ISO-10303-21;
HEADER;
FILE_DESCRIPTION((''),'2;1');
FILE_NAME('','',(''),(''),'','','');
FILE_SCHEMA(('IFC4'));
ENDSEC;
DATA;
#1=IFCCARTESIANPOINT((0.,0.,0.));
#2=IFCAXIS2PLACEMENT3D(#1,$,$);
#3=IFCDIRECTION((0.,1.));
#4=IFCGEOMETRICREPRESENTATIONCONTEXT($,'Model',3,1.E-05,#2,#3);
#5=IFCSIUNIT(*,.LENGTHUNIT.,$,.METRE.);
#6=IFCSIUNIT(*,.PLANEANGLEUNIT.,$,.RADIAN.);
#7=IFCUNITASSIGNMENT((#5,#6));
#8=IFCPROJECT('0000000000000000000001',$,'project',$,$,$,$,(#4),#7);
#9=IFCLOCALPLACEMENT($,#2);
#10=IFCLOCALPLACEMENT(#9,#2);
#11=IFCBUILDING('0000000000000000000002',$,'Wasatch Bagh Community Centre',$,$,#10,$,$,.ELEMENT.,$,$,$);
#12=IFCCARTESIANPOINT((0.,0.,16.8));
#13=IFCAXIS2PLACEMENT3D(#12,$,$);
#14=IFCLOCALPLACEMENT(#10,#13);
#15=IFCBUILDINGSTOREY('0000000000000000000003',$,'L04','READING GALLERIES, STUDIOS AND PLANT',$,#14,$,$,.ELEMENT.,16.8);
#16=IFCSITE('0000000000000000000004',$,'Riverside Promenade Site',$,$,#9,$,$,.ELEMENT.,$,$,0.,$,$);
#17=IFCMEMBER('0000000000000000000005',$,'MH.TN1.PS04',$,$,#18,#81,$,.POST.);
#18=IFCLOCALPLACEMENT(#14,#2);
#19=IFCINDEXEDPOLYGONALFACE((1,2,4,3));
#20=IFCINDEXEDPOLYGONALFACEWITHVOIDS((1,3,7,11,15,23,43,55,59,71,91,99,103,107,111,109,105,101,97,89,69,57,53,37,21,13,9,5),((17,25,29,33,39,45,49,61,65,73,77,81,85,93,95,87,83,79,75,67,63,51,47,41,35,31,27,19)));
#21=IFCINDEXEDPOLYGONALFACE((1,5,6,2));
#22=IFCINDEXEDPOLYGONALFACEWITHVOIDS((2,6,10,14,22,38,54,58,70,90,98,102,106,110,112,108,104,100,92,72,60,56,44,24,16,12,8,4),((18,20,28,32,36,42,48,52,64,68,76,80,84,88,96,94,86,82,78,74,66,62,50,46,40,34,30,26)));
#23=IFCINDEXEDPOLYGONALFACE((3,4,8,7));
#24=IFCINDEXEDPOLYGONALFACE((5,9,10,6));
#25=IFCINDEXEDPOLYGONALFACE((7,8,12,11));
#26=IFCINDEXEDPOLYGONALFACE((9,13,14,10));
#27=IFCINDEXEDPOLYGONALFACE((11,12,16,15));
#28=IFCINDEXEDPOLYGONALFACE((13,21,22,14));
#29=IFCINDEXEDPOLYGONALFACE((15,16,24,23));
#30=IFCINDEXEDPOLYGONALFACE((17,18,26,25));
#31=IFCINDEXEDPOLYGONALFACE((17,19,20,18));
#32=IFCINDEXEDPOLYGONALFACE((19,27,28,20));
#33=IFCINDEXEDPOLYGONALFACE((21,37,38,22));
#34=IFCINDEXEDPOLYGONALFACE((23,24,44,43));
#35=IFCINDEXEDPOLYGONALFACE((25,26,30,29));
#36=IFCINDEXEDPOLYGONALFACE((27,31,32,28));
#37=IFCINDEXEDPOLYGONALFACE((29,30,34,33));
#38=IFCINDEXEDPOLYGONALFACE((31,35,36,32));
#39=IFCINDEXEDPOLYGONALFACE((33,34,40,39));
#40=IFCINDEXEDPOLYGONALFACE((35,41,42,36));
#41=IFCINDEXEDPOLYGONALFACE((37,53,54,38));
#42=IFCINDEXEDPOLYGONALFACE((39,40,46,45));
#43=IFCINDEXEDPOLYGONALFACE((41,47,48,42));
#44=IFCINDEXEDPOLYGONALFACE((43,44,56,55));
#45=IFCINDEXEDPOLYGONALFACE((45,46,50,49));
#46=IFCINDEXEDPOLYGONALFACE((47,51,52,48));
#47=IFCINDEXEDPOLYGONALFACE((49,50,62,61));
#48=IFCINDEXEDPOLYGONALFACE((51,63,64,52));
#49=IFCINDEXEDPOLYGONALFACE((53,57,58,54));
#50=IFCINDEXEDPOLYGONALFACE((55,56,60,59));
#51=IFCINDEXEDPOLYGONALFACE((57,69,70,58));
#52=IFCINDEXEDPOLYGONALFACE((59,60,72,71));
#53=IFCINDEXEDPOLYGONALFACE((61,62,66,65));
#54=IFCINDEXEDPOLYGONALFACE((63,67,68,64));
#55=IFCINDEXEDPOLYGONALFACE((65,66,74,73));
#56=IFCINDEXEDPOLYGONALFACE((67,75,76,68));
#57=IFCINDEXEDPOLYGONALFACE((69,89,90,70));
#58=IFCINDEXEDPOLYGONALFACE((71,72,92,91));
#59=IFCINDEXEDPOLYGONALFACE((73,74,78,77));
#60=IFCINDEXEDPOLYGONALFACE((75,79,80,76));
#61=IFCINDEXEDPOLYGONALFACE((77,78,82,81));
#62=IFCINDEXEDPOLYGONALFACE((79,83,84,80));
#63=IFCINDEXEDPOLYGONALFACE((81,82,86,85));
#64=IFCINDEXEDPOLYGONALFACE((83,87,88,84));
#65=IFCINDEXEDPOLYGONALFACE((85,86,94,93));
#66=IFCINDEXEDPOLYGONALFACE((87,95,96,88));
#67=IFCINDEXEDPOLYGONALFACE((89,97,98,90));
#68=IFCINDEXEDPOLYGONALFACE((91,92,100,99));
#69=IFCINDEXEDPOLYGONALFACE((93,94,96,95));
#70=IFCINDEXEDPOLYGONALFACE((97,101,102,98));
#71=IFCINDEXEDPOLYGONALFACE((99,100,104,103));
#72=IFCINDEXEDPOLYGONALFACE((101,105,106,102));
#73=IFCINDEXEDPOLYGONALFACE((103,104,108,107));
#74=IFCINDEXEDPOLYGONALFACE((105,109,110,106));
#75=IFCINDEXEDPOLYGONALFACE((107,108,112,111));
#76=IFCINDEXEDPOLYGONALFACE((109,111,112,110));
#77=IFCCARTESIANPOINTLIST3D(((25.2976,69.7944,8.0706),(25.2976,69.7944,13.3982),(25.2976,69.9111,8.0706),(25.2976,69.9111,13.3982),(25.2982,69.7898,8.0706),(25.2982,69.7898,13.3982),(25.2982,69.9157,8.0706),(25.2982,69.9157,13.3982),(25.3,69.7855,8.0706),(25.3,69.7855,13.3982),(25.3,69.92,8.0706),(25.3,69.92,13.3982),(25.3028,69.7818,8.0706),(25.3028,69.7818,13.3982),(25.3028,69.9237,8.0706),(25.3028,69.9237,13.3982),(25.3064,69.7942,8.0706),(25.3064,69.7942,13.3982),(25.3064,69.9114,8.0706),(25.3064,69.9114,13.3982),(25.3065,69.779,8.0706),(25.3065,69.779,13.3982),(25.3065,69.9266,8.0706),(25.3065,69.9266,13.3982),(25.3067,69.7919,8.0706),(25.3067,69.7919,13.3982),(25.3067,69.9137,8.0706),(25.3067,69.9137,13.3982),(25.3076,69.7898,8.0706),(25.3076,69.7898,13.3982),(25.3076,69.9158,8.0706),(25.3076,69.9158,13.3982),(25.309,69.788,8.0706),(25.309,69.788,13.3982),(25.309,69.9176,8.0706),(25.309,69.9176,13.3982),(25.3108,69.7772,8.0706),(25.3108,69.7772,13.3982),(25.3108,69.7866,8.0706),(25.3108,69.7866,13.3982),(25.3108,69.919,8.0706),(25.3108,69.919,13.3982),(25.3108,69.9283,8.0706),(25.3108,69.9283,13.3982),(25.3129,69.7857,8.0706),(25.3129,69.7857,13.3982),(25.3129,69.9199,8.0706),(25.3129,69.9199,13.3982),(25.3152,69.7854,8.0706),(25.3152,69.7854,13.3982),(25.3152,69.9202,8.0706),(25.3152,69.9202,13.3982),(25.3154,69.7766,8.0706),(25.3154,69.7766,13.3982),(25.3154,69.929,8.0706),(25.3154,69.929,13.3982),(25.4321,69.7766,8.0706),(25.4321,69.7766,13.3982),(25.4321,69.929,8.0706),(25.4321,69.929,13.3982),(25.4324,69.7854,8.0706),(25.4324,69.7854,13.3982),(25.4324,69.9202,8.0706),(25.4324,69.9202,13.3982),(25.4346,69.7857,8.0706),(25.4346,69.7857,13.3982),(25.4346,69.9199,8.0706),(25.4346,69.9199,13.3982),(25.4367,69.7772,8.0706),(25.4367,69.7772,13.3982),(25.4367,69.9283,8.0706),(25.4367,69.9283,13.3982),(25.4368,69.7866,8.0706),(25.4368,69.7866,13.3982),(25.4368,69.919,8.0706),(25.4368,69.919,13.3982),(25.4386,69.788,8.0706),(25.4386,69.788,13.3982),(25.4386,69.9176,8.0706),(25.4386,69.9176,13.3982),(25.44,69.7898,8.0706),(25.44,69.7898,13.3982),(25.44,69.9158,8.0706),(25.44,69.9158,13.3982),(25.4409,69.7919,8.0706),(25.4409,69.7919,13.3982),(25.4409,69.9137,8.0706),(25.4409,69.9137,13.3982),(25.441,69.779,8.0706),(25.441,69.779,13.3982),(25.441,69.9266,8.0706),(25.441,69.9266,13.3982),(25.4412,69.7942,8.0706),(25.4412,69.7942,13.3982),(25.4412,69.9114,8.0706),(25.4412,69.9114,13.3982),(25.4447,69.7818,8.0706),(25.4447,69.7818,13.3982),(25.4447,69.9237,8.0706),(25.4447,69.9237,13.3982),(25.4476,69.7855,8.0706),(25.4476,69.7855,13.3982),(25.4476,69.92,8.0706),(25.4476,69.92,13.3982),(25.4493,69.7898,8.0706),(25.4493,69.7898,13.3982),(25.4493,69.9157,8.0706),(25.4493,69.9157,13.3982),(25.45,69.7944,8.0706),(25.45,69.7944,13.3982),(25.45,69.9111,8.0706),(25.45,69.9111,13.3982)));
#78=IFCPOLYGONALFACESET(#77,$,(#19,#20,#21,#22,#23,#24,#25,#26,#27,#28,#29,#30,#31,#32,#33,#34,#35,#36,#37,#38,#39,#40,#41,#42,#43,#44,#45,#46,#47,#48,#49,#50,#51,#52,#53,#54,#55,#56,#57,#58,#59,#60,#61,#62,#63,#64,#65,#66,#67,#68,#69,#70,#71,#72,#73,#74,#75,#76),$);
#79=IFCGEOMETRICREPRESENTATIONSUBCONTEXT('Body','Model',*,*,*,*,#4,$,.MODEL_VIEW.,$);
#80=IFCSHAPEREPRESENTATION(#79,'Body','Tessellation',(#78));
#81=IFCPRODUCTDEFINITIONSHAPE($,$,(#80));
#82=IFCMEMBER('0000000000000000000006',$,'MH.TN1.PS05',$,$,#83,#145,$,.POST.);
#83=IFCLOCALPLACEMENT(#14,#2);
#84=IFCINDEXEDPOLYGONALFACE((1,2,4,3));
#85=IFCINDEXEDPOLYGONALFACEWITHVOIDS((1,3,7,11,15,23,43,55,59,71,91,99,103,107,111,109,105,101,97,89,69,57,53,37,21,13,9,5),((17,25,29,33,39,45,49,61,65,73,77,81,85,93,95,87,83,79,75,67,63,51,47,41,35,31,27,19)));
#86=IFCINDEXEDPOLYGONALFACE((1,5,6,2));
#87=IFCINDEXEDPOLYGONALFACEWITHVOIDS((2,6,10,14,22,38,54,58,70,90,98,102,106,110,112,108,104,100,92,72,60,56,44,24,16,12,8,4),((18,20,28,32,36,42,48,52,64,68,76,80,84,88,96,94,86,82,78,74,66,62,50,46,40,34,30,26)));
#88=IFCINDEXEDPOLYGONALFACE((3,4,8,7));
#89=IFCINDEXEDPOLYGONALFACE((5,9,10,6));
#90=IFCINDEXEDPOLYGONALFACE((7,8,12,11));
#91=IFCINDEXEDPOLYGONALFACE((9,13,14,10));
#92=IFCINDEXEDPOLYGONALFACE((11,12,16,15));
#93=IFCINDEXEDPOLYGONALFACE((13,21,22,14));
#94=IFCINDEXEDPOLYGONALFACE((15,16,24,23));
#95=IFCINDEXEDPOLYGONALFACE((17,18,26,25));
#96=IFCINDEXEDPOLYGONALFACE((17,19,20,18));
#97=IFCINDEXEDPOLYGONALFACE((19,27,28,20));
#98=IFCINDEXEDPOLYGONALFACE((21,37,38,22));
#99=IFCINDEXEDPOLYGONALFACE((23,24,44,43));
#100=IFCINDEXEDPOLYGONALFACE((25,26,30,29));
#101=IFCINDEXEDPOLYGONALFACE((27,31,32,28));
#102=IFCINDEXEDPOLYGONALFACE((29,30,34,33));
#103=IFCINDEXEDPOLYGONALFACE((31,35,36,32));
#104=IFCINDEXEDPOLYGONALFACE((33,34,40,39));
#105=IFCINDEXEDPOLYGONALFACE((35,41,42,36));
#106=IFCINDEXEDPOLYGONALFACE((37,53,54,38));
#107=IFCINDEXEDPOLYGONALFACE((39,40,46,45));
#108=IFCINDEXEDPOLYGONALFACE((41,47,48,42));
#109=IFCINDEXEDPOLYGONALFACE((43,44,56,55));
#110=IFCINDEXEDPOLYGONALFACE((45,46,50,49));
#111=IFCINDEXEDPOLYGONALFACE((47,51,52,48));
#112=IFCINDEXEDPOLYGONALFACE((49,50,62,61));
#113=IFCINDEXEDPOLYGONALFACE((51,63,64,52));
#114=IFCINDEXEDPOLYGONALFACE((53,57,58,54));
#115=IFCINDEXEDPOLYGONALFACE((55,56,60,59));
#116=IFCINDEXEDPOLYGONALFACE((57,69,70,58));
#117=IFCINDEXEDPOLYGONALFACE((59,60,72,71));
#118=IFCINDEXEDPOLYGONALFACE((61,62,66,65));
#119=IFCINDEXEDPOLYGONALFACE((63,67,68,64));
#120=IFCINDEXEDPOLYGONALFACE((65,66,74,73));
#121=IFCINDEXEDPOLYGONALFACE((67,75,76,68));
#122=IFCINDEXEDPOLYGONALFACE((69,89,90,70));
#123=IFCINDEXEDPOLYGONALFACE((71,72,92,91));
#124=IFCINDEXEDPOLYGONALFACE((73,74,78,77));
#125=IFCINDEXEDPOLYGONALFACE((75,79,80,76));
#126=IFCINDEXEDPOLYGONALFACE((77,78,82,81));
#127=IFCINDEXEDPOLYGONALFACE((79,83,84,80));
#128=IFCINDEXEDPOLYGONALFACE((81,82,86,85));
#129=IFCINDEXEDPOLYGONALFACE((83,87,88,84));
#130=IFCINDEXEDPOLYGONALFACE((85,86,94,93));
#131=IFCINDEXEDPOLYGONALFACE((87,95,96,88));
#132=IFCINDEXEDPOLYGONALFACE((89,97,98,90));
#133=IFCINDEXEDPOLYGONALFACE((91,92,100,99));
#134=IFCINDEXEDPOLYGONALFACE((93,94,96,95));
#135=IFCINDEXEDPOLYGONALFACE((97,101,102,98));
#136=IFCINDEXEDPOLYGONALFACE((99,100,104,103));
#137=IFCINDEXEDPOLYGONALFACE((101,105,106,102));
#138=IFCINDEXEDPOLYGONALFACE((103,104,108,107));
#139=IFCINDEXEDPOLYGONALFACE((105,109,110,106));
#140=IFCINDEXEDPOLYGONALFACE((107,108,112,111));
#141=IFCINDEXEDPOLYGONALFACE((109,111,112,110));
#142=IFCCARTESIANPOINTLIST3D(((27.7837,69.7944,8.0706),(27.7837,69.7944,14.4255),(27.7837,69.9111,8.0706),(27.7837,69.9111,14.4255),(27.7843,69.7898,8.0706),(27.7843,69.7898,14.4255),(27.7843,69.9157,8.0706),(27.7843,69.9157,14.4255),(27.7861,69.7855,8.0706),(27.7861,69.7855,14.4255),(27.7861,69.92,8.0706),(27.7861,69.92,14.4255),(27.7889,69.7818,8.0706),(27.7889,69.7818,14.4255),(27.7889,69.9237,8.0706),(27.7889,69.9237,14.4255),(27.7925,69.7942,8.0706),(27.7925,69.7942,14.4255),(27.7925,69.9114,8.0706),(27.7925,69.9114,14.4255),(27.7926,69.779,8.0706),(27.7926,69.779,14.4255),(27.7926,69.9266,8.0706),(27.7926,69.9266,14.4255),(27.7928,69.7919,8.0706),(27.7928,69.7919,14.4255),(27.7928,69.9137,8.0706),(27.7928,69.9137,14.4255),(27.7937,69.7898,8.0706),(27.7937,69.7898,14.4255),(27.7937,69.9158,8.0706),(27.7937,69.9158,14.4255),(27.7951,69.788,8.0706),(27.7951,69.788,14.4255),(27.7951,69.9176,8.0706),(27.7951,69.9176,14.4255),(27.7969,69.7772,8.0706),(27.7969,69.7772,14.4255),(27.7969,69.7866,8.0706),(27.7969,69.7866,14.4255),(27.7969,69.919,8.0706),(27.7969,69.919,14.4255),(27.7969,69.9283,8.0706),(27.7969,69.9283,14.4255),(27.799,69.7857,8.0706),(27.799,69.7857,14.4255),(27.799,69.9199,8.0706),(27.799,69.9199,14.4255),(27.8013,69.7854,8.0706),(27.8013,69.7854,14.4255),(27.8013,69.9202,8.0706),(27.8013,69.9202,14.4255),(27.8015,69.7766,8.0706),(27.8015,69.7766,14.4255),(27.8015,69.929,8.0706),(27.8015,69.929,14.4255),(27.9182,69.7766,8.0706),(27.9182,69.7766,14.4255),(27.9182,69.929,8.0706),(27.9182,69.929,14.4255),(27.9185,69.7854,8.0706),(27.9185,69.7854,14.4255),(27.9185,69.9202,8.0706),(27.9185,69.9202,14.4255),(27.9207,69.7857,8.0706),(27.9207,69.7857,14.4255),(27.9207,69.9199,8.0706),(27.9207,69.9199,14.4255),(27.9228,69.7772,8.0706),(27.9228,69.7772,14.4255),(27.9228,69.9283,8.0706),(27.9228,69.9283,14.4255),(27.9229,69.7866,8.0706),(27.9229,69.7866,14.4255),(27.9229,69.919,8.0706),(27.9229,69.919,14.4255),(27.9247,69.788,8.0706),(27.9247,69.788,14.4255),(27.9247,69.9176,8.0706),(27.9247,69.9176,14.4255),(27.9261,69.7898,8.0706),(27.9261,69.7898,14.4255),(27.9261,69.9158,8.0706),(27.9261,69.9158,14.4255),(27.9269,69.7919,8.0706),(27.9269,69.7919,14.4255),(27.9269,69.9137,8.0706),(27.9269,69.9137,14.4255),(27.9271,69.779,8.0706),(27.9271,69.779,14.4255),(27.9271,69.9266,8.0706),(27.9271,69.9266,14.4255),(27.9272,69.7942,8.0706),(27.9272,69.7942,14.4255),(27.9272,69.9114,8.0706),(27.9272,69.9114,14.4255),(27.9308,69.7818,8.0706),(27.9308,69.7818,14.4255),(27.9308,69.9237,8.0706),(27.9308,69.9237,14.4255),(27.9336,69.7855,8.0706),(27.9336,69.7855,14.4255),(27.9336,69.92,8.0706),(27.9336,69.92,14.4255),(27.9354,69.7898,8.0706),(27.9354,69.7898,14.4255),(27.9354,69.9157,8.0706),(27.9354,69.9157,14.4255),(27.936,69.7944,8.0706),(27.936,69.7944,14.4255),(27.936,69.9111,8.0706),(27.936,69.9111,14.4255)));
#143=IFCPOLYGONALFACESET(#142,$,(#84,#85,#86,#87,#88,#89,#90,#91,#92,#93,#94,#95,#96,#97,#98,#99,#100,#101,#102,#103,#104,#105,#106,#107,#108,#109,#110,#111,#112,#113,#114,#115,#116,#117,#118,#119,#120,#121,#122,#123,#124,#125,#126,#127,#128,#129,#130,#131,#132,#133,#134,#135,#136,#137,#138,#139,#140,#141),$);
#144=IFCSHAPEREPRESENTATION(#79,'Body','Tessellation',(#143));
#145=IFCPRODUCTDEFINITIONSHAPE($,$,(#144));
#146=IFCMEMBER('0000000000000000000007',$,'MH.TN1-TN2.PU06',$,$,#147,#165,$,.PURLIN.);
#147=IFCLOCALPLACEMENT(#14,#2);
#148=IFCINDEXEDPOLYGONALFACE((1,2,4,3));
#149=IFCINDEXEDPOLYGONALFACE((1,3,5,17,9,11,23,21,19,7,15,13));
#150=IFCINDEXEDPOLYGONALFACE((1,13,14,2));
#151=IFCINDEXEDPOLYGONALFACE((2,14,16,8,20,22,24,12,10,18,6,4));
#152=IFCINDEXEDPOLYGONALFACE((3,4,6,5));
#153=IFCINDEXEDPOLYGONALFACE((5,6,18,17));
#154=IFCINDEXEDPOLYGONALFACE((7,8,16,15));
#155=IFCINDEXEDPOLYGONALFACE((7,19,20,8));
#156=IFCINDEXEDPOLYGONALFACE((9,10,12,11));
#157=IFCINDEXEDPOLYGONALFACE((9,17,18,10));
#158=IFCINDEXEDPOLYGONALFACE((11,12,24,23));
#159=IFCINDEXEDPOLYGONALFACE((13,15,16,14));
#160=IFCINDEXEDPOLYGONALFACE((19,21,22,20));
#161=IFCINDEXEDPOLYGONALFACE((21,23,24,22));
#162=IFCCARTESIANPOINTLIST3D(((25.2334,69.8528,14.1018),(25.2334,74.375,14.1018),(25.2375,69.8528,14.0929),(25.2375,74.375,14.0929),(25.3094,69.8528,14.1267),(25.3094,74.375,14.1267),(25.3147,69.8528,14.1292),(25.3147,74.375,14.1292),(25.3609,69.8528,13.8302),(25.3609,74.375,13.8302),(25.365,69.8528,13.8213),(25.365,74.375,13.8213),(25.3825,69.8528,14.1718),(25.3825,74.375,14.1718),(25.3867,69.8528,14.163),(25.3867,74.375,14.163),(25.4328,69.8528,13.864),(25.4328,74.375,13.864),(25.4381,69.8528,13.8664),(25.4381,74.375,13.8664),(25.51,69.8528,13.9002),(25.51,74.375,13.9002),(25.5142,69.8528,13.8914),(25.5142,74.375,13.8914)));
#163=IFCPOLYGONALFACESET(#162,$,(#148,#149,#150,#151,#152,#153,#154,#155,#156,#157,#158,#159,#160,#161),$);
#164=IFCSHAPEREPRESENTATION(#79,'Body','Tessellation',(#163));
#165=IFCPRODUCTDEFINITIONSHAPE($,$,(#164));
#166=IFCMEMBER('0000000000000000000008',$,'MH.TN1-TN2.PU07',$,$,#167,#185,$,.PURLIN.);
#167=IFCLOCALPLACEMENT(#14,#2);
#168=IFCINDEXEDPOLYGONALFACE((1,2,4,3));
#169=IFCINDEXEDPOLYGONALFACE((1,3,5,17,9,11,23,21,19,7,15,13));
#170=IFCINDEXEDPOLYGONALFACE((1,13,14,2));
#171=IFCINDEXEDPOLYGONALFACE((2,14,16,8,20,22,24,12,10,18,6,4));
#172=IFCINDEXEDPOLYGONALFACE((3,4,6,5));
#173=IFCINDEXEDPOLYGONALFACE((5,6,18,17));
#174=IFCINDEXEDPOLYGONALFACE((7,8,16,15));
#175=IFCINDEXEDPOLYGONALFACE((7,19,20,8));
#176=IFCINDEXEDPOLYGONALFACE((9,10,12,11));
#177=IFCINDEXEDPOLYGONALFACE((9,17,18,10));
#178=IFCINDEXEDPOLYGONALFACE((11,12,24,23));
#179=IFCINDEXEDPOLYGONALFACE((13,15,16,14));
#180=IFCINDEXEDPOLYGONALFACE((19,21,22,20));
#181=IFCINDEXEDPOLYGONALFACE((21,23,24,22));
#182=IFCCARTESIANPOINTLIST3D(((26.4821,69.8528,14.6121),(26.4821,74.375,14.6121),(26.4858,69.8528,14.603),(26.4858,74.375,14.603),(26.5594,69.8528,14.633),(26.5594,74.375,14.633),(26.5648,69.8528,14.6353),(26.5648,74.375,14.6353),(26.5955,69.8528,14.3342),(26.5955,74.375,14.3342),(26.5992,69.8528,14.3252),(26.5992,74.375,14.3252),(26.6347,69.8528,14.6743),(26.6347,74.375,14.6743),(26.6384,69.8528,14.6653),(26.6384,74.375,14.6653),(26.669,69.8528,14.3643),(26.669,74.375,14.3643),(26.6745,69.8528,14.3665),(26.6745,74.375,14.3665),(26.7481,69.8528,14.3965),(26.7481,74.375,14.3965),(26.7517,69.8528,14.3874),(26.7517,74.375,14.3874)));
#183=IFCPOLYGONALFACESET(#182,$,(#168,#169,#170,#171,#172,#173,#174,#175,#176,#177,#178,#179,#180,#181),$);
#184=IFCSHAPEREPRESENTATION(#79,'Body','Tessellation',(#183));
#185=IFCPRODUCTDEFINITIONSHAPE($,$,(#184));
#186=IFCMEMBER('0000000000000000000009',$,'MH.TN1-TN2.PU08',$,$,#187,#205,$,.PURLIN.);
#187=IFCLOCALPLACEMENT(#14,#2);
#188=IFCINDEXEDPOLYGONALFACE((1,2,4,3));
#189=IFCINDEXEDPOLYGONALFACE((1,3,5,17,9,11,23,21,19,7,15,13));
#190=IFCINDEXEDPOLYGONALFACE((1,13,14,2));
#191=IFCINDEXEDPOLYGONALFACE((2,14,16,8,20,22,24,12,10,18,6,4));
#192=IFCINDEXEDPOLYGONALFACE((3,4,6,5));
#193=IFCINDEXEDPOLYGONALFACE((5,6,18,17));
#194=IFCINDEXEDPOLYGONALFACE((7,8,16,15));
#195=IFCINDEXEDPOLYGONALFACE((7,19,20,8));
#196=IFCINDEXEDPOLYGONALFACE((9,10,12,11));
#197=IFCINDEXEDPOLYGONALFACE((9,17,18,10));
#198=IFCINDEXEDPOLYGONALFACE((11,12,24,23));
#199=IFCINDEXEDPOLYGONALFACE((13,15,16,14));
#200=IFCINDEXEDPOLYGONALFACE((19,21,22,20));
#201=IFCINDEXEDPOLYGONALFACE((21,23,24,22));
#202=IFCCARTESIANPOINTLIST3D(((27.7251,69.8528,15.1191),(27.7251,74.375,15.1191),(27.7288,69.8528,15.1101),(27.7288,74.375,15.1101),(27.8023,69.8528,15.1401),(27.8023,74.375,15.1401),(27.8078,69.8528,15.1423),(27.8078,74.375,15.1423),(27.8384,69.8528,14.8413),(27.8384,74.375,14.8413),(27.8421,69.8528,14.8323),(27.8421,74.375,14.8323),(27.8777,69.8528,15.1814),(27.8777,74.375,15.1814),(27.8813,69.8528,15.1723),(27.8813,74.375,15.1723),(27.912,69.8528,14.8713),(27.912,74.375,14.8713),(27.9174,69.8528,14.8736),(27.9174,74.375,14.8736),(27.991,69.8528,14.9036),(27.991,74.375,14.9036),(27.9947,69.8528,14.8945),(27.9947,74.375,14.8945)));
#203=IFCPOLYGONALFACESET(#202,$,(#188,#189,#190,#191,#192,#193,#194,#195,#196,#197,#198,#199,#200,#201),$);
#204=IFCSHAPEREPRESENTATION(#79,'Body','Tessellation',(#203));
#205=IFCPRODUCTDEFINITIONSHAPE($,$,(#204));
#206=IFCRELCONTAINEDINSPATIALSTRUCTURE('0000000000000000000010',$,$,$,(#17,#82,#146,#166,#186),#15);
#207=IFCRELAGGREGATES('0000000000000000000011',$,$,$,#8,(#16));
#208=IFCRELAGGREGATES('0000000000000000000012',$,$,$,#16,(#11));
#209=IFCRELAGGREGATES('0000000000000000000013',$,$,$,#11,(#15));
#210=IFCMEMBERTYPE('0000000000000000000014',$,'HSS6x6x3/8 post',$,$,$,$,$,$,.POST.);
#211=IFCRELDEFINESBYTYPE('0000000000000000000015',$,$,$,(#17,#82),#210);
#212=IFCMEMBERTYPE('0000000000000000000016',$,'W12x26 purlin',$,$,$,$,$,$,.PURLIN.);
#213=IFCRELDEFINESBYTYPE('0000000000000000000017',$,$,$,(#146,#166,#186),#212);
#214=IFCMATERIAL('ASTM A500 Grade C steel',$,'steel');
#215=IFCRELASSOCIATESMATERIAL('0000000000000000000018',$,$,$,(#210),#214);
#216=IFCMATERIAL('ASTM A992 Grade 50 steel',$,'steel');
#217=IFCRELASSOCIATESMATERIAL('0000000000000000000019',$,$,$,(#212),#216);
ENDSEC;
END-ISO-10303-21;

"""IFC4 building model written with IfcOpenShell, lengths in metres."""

from ifc_helpers import new_model, si_unit, direction, frame, origin, origin_2d, place, context, subcontext, project, spatial, hollow_rectangle, i_section, extrude, material, material_profile, profile_set, type_object, element, save


model = new_model("IFC4")

# Units and contexts
model_context = context("Model", 3, precision=1e-05, world=origin(), true_north=direction((0.0, 1.0)))
body_context = subcontext(model_context, "Body", "Model", "MODEL_VIEW")
ifc_project = project(units=[si_unit("LENGTHUNIT", "METRE"), si_unit("PLANEANGLEUNIT", "RADIAN")], contexts=[model_context])

# Site, building, storey
site_placement = place(None, origin())
site = spatial("IfcSite", under=ifc_project, at=site_placement, Name="Riverside Promenade Site", CompositionType="ELEMENT", RefElevation=0.0)
building_placement = place(site_placement, origin())
building = spatial("IfcBuilding", under=site, at=building_placement, Name="Wasatch Bagh Community Centre", CompositionType="ELEMENT")
storey_placement = place(building_placement, frame((0.0, 0.0, 16.8)))
storey = spatial("IfcBuildingStorey", under=building, at=storey_placement, Name="L04", Description="READING GALLERIES, STUDIOS AND PLANT", CompositionType="ELEMENT", Elevation=16.8)

# Members
ifc_material_1 = material(Name="ASTM A500 Grade C steel", Category="steel")
ifc_material_profile_1 = material_profile(ifc_material_1, hollow_rectangle(XDim=0.1523, YDim=0.1523, WallThickness=0.0088, InnerFilletRadius=0.0088, OuterFilletRadius=0.0178, at=origin_2d()), Name="HSS6x6x3/8")
ifc_profile_set_1 = profile_set([ifc_material_profile_1], Name="ASTM A500 Grade C steel")
member_type_1 = type_object("IfcMemberType", Name="HSS6x6x3/8 post", PredefinedType="POST", material=ifc_profile_set_1)
member_1_placement = place(storey_placement, frame((25.3738, 69.8528, 8.0706), z_axis=(0.0, 0.0, 1.0), x_axis=(1.0, 0.0, 0.0)))
element("IfcMember", 1, at=member_1_placement, inside=storey, type_object=member_type_1, Name="MH.TN1.PS04", PredefinedType="POST", context=body_context, shape_type="SweptSolid", body=[
    extrude(hollow_rectangle(XDim=0.1523, YDim=0.1523, WallThickness=0.0088, InnerFilletRadius=0.0088, OuterFilletRadius=0.0178, at=origin_2d()), origin(), (0.0, 0.0, 1.0), 5.3276),
])
member_2_placement = place(storey_placement, frame((27.8599, 69.8528, 8.0706), z_axis=(0.0, 0.0, 1.0), x_axis=(1.0, 0.0, 0.0)))
element("IfcMember", 2, at=member_2_placement, inside=storey, type_object=member_type_1, Name="MH.TN1.PS05", PredefinedType="POST", context=body_context, shape_type="SweptSolid", body=[
    extrude(hollow_rectangle(XDim=0.1523, YDim=0.1523, WallThickness=0.0088, InnerFilletRadius=0.0088, OuterFilletRadius=0.0178, at=origin_2d()), origin(), (0.0, 0.0, 1.0), 6.355),
])
ifc_material_2 = material(Name="ASTM A992 Grade 50 steel", Category="steel")
ifc_material_profile_2 = material_profile(ifc_material_2, i_section(OverallWidth=0.1648, OverallDepth=0.3098, WebThickness=0.0059, FlangeThickness=0.0098, at=origin_2d()), Name="W12x26")
ifc_profile_set_2 = profile_set([ifc_material_profile_2], Name="ASTM A992 Grade 50 steel")
member_type_2 = type_object("IfcMemberType", Name="W12x26 purlin", PredefinedType="PURLIN", material=ifc_profile_set_2)
for number, where, z_axis, x_axis, name in (
    (3, (25.3738, 69.8528, 13.9966), (0.0, 1.0, 0.0), (-0.905205, 0.0, -0.424976), "MH.TN1-TN2.PU06"),
    (4, (26.6169, 69.8528, 14.4998), (0.0, 1.0, 0.0), (-0.925934, 0.0, -0.377686), "MH.TN1-TN2.PU07"),
    (5, (27.8599, 69.8528, 15.0068), (0.0, 1.0, 0.0), (-0.925934, 0.0, -0.377686), "MH.TN1-TN2.PU08"),
):
    element("IfcMember", number, at=place(storey_placement, frame(where, z_axis=z_axis, x_axis=x_axis)), inside=storey, type_object=member_type_2, Name=name, PredefinedType="PURLIN", context=body_context, shape_type="SweptSolid", body=[
        extrude(i_section(OverallWidth=0.1648, OverallDepth=0.3098, WebThickness=0.0059, FlangeThickness=0.0098, at=origin_2d()), origin(), (0.0, 0.0, 1.0), 4.5222),
    ])

save(model, "model.ifc")
